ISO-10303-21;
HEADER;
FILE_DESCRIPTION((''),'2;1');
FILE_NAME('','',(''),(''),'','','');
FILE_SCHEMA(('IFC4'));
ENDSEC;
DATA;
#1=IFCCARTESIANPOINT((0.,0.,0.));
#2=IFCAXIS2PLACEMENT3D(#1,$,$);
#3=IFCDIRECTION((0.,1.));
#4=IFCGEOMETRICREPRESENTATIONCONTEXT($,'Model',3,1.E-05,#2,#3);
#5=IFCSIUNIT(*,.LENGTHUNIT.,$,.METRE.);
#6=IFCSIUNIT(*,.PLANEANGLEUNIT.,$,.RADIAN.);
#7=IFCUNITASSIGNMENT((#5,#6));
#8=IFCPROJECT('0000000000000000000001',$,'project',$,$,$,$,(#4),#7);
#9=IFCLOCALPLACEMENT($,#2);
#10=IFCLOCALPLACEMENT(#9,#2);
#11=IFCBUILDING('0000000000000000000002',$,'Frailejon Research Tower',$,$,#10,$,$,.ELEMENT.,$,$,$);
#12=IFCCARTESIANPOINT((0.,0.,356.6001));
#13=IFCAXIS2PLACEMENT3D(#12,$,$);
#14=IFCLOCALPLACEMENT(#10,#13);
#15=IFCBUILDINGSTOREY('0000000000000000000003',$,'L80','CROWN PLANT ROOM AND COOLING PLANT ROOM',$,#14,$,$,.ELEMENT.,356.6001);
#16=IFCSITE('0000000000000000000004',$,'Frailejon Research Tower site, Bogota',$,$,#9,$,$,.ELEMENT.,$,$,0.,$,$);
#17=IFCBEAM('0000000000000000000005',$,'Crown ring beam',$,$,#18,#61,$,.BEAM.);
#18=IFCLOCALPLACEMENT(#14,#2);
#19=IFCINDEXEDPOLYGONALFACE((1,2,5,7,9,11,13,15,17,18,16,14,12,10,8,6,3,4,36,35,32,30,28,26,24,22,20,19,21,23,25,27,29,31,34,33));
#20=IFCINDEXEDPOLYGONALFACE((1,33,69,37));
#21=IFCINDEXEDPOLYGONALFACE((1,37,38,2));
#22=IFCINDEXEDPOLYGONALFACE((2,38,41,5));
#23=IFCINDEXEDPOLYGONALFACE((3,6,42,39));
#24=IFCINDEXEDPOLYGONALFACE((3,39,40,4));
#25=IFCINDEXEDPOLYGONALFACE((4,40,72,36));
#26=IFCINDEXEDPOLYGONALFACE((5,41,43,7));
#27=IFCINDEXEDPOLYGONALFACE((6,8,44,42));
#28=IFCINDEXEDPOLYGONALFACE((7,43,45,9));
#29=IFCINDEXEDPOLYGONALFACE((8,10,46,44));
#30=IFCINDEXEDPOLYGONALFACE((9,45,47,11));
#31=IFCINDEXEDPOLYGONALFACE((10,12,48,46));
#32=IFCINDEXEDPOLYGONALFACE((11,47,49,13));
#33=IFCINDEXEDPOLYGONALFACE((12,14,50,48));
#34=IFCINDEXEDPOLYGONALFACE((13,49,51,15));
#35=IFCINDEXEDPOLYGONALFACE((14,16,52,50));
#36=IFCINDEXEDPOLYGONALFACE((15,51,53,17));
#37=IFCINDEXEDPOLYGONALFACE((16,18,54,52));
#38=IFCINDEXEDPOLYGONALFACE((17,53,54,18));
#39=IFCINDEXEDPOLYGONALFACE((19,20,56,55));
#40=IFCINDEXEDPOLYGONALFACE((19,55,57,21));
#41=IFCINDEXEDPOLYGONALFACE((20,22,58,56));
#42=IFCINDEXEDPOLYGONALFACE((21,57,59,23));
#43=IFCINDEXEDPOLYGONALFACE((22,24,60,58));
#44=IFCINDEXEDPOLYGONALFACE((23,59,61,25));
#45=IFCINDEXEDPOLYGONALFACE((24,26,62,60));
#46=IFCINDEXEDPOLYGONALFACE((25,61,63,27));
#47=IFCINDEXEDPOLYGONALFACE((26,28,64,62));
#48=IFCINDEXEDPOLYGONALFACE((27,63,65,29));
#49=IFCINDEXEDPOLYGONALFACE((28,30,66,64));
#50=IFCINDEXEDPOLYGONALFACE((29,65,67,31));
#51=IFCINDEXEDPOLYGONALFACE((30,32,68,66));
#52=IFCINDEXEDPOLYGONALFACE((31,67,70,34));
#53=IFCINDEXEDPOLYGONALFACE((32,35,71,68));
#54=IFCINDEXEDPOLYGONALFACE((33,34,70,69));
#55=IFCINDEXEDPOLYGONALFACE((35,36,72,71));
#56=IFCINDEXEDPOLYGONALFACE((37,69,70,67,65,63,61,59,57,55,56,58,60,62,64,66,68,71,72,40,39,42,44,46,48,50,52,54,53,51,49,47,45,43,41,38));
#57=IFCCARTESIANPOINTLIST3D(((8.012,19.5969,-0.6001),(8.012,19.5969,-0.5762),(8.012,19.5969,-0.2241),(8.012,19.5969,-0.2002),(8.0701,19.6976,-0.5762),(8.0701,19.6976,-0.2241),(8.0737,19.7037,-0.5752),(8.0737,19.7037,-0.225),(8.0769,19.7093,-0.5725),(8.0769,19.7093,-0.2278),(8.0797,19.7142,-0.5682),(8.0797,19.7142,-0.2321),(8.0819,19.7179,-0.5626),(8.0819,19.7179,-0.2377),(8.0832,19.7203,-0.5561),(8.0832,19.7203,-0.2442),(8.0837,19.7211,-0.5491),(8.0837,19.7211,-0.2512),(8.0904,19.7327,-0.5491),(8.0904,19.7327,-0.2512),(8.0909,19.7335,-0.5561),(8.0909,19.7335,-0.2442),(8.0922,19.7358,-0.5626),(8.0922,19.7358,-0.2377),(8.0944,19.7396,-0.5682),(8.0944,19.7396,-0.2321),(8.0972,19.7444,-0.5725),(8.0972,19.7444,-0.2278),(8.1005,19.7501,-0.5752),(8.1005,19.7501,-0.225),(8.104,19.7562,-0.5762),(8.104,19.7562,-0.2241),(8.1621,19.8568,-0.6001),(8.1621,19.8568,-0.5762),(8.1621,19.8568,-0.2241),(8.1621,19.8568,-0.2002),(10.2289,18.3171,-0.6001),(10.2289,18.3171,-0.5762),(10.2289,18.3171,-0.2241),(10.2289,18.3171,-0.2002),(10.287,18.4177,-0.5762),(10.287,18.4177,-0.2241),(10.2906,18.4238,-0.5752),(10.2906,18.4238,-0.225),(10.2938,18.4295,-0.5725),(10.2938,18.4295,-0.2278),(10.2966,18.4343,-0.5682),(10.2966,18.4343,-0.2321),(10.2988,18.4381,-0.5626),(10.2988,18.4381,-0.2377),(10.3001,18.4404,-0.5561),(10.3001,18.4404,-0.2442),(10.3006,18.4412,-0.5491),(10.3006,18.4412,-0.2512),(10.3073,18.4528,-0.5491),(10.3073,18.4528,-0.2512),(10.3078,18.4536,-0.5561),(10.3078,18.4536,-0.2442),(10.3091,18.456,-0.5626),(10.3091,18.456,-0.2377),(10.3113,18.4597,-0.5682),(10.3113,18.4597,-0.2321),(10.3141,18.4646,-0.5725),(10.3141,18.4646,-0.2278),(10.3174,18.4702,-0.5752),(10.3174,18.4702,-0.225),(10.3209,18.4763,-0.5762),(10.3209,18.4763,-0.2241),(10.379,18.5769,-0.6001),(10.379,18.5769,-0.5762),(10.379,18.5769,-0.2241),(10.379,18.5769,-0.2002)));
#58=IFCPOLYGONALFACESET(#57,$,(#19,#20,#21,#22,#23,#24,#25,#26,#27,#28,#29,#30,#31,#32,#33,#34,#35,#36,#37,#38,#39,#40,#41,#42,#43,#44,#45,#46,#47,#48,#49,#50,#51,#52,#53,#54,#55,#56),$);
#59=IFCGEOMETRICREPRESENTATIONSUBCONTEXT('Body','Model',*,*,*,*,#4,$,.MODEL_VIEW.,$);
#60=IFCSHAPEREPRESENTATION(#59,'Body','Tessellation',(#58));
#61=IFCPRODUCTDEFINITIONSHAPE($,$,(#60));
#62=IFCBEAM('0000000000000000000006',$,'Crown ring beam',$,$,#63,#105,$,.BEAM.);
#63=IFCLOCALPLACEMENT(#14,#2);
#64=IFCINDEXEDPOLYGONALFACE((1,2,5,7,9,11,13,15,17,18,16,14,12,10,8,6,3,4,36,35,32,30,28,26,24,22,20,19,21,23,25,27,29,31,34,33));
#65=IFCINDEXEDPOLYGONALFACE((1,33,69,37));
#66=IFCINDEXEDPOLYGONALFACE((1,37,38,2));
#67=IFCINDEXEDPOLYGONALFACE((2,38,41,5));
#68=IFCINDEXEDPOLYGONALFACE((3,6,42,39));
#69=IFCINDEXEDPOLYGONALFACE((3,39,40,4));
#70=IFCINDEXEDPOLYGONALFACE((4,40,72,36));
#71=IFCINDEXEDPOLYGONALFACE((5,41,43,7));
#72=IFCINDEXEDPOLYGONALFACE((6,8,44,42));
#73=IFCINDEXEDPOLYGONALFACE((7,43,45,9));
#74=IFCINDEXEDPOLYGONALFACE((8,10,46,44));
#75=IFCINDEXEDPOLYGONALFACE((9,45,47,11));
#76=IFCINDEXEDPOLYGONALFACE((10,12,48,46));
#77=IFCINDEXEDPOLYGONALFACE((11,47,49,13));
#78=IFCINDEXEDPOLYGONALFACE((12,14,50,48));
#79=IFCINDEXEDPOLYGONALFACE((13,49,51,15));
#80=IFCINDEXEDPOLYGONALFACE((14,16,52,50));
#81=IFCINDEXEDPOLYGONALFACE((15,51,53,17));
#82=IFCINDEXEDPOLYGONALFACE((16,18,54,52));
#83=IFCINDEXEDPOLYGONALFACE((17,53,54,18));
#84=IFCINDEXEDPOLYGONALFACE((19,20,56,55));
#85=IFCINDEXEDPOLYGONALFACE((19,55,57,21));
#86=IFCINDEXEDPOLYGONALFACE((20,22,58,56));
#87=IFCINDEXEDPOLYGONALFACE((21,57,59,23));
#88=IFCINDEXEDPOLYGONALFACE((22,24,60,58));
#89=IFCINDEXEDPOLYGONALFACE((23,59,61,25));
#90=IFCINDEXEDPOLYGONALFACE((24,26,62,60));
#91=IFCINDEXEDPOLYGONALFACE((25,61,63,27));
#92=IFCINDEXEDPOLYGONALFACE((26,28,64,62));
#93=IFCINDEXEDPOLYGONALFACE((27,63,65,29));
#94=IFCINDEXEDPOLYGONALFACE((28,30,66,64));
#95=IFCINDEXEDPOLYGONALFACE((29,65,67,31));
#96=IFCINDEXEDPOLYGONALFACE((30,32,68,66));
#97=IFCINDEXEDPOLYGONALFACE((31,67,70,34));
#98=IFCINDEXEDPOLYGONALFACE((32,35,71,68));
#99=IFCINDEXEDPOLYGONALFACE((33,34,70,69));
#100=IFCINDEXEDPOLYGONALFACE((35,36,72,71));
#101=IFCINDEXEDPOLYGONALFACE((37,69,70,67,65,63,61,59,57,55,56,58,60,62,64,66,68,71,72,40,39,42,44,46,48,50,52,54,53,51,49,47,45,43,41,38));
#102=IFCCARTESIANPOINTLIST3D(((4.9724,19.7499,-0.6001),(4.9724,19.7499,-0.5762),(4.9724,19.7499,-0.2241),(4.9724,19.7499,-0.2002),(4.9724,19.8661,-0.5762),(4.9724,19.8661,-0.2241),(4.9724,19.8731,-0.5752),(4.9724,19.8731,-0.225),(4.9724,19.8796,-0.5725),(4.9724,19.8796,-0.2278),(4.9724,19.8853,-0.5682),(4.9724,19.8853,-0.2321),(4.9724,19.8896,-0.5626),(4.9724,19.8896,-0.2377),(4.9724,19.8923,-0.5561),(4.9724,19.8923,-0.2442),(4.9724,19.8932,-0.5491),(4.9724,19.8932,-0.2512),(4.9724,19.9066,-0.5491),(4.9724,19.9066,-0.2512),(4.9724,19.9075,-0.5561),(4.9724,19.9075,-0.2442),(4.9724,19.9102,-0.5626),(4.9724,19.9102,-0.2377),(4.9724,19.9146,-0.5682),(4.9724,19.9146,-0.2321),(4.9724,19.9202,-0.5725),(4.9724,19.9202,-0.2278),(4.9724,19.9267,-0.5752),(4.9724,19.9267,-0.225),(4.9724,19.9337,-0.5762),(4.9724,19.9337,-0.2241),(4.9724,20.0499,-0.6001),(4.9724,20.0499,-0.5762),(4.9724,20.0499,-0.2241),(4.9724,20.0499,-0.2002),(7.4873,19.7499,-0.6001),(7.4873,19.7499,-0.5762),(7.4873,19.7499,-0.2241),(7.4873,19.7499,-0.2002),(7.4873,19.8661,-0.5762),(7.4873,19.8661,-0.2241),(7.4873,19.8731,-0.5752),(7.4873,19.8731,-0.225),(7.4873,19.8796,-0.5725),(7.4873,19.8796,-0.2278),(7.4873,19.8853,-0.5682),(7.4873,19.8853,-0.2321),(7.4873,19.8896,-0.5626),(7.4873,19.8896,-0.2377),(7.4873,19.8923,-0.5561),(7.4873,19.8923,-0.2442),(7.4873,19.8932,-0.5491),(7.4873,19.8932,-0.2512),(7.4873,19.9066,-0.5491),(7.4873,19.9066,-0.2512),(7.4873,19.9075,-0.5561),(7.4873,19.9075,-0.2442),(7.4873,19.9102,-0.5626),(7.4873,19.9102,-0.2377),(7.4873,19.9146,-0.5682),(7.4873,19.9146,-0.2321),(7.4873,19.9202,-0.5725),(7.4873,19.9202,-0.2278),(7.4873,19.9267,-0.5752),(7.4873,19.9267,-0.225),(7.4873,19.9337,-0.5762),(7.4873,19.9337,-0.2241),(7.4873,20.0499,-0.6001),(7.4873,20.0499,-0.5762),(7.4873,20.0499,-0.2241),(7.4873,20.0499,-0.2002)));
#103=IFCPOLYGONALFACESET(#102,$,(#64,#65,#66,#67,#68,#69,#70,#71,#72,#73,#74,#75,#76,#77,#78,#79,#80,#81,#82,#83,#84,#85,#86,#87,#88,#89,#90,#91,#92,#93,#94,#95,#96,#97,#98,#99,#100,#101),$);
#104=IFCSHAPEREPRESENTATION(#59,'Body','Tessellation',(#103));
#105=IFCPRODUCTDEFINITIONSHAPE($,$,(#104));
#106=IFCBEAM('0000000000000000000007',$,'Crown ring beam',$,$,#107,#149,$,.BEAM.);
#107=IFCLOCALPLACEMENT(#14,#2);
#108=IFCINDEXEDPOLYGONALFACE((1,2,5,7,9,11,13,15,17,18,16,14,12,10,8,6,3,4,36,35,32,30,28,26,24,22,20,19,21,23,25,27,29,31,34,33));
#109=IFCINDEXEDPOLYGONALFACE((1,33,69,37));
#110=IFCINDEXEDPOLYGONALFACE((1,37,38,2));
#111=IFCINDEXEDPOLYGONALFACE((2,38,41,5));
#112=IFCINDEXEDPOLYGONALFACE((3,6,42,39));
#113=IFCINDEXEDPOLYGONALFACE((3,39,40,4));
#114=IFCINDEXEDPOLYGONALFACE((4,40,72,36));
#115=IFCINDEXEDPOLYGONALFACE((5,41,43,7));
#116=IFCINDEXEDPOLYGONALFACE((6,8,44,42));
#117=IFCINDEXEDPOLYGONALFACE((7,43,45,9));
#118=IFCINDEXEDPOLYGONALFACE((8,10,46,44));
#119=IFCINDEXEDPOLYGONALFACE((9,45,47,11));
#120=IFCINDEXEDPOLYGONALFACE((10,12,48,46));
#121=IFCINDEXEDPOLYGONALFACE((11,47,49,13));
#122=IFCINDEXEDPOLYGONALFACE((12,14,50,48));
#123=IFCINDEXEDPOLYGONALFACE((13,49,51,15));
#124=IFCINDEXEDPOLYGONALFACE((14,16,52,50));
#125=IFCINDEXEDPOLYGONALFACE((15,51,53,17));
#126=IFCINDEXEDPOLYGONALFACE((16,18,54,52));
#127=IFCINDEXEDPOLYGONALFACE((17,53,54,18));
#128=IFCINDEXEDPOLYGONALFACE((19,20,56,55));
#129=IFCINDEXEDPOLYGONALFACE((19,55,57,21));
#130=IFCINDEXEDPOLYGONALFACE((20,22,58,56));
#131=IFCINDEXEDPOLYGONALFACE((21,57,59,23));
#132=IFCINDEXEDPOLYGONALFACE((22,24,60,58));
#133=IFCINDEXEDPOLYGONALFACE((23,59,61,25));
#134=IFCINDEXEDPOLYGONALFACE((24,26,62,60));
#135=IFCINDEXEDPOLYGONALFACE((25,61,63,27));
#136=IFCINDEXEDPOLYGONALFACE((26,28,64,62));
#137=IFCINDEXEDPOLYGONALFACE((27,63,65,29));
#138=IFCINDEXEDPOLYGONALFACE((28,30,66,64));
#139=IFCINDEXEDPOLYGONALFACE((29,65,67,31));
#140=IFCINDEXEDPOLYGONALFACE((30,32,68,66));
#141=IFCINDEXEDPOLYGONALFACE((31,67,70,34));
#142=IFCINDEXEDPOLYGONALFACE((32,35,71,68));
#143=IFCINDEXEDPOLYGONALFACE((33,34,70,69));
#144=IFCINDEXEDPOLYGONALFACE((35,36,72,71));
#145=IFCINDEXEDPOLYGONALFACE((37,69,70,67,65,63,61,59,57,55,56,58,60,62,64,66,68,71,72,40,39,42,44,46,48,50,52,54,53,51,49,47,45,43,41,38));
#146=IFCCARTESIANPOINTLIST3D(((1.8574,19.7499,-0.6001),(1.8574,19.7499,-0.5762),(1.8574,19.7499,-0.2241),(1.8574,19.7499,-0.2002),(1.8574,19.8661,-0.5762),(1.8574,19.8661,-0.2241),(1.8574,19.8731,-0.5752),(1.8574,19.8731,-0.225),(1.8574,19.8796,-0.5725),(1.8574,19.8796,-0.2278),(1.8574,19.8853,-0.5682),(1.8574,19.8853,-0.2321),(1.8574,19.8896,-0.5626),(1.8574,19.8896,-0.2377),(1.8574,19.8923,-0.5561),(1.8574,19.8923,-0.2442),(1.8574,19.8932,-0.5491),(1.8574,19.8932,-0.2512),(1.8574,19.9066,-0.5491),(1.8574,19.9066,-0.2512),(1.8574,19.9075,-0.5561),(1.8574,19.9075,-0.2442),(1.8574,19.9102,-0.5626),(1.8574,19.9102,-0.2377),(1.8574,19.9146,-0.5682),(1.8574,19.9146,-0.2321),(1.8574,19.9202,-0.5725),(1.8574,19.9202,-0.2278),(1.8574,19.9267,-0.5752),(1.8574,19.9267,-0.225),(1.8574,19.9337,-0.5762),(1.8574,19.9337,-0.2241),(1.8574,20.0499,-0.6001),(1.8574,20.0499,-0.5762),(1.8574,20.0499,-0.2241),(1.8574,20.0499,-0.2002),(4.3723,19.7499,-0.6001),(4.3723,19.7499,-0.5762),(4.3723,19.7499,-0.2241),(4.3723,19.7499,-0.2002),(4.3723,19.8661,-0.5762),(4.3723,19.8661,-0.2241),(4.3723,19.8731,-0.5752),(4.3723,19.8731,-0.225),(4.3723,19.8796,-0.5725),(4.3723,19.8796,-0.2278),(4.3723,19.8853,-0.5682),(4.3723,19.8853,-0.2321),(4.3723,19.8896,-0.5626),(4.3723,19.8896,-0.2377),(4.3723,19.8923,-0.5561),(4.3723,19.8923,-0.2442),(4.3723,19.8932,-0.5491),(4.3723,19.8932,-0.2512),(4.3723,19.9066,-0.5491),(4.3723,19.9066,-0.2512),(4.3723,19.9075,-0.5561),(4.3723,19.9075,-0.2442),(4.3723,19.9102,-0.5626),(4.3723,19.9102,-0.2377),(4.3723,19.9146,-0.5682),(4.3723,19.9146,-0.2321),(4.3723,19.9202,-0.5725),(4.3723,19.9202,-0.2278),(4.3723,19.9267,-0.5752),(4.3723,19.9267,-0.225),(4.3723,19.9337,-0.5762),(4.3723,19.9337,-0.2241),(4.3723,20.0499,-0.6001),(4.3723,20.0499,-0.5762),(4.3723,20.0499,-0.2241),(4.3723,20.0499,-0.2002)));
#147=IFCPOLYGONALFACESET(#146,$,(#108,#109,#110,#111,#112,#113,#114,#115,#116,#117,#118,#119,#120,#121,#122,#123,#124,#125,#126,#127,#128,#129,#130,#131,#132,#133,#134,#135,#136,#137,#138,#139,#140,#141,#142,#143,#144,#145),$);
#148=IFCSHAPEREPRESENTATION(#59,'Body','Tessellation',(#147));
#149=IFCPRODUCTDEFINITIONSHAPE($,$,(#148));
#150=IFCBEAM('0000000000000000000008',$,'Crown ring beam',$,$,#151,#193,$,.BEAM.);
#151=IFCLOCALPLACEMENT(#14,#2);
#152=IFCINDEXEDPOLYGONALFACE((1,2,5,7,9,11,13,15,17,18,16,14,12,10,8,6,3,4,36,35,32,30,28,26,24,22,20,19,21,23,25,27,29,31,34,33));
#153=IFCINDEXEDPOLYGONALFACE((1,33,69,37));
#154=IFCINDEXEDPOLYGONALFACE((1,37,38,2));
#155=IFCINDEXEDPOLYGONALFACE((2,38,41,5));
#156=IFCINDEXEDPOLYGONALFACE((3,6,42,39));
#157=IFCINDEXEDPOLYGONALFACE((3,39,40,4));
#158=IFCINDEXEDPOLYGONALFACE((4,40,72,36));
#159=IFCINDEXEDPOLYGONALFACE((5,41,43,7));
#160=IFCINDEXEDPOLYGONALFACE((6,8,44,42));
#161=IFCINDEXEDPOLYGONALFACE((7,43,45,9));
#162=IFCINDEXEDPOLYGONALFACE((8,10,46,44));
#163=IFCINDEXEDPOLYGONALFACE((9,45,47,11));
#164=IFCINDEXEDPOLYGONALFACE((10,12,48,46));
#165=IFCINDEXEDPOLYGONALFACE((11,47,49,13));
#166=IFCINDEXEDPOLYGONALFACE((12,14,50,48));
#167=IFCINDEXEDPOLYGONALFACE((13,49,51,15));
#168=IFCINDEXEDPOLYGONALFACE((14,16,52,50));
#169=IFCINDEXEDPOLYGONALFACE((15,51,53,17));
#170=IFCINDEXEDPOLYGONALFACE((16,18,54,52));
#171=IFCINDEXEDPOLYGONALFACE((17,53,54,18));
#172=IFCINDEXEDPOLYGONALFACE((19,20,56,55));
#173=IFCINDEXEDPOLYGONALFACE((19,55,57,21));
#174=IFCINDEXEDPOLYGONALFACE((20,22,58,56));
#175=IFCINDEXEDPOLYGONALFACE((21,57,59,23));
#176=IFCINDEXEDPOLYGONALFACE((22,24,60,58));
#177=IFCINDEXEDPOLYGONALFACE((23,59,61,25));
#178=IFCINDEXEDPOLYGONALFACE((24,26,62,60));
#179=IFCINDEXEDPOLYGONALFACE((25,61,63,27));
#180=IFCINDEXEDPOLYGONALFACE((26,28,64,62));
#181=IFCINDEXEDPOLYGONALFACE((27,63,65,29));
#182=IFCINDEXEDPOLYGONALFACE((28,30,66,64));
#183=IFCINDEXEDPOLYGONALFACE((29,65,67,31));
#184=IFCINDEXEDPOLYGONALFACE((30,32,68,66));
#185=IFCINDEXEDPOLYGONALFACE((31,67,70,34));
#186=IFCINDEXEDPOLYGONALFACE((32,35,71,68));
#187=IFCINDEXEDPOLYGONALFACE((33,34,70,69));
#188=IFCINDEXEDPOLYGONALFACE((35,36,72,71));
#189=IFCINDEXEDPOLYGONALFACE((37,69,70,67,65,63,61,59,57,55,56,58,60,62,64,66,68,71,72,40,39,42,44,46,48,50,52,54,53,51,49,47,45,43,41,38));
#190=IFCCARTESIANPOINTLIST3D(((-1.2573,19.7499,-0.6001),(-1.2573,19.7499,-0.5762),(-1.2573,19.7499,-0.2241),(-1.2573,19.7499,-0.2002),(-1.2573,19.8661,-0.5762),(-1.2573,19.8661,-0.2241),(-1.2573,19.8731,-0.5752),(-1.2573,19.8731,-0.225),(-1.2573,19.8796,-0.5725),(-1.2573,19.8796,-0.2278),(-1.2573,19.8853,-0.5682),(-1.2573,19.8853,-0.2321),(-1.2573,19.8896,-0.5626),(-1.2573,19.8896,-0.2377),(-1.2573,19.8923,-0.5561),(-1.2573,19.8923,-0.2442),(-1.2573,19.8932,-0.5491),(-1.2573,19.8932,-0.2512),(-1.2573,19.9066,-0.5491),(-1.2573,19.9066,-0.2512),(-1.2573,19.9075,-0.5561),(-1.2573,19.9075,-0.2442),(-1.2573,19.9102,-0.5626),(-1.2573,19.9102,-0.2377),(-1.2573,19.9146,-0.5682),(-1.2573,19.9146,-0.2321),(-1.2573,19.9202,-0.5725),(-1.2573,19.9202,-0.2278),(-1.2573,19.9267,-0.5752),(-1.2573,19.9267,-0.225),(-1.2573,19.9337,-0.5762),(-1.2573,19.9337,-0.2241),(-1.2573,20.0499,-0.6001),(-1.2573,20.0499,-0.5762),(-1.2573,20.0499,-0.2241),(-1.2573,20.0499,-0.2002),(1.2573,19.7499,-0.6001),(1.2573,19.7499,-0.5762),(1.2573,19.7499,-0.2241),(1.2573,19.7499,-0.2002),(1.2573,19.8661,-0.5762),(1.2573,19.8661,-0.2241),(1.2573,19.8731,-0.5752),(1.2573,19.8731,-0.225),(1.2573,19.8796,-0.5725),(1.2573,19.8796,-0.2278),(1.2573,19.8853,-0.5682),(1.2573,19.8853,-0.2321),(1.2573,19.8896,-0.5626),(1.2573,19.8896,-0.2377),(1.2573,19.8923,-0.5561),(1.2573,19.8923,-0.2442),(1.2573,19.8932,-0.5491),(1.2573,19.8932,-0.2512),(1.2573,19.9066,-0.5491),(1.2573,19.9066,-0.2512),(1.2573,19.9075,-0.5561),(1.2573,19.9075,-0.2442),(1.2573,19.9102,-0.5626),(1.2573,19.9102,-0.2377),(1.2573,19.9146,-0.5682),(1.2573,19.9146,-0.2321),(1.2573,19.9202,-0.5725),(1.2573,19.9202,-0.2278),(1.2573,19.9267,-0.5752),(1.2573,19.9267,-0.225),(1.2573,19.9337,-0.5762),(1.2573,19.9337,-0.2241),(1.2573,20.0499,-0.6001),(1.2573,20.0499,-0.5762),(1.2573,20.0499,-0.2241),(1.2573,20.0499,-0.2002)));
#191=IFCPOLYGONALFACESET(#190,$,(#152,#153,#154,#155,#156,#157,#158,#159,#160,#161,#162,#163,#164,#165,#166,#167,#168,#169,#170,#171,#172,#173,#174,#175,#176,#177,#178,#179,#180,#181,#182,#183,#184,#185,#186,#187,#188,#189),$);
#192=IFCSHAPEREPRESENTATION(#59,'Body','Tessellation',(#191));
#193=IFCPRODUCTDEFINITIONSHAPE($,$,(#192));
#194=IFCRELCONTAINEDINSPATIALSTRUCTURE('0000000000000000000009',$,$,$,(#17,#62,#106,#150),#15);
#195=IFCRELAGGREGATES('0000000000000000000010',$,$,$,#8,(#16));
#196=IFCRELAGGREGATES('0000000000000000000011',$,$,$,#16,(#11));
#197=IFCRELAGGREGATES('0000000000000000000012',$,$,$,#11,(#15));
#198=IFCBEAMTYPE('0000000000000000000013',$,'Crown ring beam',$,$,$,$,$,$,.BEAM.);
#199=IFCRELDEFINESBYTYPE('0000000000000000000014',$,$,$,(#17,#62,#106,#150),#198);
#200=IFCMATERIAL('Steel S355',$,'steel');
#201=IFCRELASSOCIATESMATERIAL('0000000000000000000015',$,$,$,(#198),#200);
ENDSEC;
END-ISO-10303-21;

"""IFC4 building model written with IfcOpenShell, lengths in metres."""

from ifc_helpers import new_model, si_unit, direction, frame, origin, origin_2d, place, context, subcontext, project, spatial, i_section, extrude, material, material_profile, profile_set, type_object, element, save


model = new_model("IFC4")

# Units and contexts
model_context = context("Model", 3, precision=1e-05, world=origin(), true_north=direction((0.0, 1.0)))
body_context = subcontext(model_context, "Body", "Model", "MODEL_VIEW")
ifc_project = project(units=[si_unit("LENGTHUNIT", "METRE"), si_unit("PLANEANGLEUNIT", "RADIAN")], contexts=[model_context])

# Site, building, storey
site_placement = place(None, origin())
site = spatial("IfcSite", under=ifc_project, at=site_placement, Name="Frailejon Research Tower site, Bogota", CompositionType="ELEMENT", RefElevation=0.0)
building_placement = place(site_placement, origin())
building = spatial("IfcBuilding", under=site, at=building_placement, Name="Frailejon Research Tower", CompositionType="ELEMENT")
storey_placement = place(building_placement, frame((0.0, 0.0, 356.6001)))
storey = spatial("IfcBuildingStorey", under=building, at=storey_placement, Name="L80", Description="CROWN PLANT ROOM AND COOLING PLANT ROOM", CompositionType="ELEMENT", Elevation=356.6001)

# Beams
ifc_material_1 = material(Name="Steel S355", Category="steel")
ifc_material_profile_1 = material_profile(ifc_material_1, i_section(OverallWidth=0.3, OverallDepth=0.3999, WebThickness=0.0134, FlangeThickness=0.0239, FilletRadius=0.0271, at=origin_2d()), Name="HE 400 B")
ifc_profile_set_1 = profile_set([ifc_material_profile_1], Name="Steel S355")
beam_type_1 = type_object("IfcBeamType", Name="Crown ring beam", PredefinedType="BEAM", material=ifc_profile_set_1)
beam_1_placement = place(storey_placement, frame((10.304, 18.447, -0.4001), z_axis=(-0.866039, 0.499976, 0.0), x_axis=(-0.499976, -0.866039, 0.0)))
element("IfcBeam", 1, at=beam_1_placement, inside=storey, type_object=beam_type_1, Name="Crown ring beam", PredefinedType="BEAM", context=body_context, shape_type="SweptSolid", body=[
    extrude(i_section(OverallWidth=0.3, OverallDepth=0.3999, WebThickness=0.0134, FlangeThickness=0.0239, FilletRadius=0.0271, at=origin_2d()), origin(), (0.0, 0.0, 1.0), 2.5598),
])
for number, where, z_axis, x_axis, name in (
    (2, (7.4873, 19.8999, -0.4001), (-1.0, 0.0, 0.0), (0.0, -1.0, 0.0), "Crown ring beam"),
    (3, (4.3723, 19.8999, -0.4001), (-1.0, 0.0, 0.0), (0.0, -1.0, 0.0), "Crown ring beam"),
):
    element("IfcBeam", number, at=place(storey_placement, frame(where, z_axis=z_axis, x_axis=x_axis)), inside=storey, type_object=beam_type_1, Name=name, PredefinedType="BEAM", context=body_context, shape_type="SweptSolid", body=[
        extrude(i_section(OverallWidth=0.3, OverallDepth=0.3999, WebThickness=0.0134, FlangeThickness=0.0239, FilletRadius=0.0271, at=origin_2d()), origin(), (0.0, 0.0, 1.0), 2.5149),
    ])
beam_2_placement = place(storey_placement, frame((1.2573, 19.8999, -0.4001), z_axis=(-1.0, 0.0, 0.0), x_axis=(0.0, -1.0, 0.0)))
element("IfcBeam", 4, at=beam_2_placement, inside=storey, type_object=beam_type_1, Name="Crown ring beam", PredefinedType="BEAM", context=body_context, shape_type="SweptSolid", body=[
    extrude(i_section(OverallWidth=0.3, OverallDepth=0.3999, WebThickness=0.0134, FlangeThickness=0.0239, FilletRadius=0.0271, at=origin_2d()), origin(), (0.0, 0.0, 1.0), 2.5146),
])

save(model, "model.ifc")
